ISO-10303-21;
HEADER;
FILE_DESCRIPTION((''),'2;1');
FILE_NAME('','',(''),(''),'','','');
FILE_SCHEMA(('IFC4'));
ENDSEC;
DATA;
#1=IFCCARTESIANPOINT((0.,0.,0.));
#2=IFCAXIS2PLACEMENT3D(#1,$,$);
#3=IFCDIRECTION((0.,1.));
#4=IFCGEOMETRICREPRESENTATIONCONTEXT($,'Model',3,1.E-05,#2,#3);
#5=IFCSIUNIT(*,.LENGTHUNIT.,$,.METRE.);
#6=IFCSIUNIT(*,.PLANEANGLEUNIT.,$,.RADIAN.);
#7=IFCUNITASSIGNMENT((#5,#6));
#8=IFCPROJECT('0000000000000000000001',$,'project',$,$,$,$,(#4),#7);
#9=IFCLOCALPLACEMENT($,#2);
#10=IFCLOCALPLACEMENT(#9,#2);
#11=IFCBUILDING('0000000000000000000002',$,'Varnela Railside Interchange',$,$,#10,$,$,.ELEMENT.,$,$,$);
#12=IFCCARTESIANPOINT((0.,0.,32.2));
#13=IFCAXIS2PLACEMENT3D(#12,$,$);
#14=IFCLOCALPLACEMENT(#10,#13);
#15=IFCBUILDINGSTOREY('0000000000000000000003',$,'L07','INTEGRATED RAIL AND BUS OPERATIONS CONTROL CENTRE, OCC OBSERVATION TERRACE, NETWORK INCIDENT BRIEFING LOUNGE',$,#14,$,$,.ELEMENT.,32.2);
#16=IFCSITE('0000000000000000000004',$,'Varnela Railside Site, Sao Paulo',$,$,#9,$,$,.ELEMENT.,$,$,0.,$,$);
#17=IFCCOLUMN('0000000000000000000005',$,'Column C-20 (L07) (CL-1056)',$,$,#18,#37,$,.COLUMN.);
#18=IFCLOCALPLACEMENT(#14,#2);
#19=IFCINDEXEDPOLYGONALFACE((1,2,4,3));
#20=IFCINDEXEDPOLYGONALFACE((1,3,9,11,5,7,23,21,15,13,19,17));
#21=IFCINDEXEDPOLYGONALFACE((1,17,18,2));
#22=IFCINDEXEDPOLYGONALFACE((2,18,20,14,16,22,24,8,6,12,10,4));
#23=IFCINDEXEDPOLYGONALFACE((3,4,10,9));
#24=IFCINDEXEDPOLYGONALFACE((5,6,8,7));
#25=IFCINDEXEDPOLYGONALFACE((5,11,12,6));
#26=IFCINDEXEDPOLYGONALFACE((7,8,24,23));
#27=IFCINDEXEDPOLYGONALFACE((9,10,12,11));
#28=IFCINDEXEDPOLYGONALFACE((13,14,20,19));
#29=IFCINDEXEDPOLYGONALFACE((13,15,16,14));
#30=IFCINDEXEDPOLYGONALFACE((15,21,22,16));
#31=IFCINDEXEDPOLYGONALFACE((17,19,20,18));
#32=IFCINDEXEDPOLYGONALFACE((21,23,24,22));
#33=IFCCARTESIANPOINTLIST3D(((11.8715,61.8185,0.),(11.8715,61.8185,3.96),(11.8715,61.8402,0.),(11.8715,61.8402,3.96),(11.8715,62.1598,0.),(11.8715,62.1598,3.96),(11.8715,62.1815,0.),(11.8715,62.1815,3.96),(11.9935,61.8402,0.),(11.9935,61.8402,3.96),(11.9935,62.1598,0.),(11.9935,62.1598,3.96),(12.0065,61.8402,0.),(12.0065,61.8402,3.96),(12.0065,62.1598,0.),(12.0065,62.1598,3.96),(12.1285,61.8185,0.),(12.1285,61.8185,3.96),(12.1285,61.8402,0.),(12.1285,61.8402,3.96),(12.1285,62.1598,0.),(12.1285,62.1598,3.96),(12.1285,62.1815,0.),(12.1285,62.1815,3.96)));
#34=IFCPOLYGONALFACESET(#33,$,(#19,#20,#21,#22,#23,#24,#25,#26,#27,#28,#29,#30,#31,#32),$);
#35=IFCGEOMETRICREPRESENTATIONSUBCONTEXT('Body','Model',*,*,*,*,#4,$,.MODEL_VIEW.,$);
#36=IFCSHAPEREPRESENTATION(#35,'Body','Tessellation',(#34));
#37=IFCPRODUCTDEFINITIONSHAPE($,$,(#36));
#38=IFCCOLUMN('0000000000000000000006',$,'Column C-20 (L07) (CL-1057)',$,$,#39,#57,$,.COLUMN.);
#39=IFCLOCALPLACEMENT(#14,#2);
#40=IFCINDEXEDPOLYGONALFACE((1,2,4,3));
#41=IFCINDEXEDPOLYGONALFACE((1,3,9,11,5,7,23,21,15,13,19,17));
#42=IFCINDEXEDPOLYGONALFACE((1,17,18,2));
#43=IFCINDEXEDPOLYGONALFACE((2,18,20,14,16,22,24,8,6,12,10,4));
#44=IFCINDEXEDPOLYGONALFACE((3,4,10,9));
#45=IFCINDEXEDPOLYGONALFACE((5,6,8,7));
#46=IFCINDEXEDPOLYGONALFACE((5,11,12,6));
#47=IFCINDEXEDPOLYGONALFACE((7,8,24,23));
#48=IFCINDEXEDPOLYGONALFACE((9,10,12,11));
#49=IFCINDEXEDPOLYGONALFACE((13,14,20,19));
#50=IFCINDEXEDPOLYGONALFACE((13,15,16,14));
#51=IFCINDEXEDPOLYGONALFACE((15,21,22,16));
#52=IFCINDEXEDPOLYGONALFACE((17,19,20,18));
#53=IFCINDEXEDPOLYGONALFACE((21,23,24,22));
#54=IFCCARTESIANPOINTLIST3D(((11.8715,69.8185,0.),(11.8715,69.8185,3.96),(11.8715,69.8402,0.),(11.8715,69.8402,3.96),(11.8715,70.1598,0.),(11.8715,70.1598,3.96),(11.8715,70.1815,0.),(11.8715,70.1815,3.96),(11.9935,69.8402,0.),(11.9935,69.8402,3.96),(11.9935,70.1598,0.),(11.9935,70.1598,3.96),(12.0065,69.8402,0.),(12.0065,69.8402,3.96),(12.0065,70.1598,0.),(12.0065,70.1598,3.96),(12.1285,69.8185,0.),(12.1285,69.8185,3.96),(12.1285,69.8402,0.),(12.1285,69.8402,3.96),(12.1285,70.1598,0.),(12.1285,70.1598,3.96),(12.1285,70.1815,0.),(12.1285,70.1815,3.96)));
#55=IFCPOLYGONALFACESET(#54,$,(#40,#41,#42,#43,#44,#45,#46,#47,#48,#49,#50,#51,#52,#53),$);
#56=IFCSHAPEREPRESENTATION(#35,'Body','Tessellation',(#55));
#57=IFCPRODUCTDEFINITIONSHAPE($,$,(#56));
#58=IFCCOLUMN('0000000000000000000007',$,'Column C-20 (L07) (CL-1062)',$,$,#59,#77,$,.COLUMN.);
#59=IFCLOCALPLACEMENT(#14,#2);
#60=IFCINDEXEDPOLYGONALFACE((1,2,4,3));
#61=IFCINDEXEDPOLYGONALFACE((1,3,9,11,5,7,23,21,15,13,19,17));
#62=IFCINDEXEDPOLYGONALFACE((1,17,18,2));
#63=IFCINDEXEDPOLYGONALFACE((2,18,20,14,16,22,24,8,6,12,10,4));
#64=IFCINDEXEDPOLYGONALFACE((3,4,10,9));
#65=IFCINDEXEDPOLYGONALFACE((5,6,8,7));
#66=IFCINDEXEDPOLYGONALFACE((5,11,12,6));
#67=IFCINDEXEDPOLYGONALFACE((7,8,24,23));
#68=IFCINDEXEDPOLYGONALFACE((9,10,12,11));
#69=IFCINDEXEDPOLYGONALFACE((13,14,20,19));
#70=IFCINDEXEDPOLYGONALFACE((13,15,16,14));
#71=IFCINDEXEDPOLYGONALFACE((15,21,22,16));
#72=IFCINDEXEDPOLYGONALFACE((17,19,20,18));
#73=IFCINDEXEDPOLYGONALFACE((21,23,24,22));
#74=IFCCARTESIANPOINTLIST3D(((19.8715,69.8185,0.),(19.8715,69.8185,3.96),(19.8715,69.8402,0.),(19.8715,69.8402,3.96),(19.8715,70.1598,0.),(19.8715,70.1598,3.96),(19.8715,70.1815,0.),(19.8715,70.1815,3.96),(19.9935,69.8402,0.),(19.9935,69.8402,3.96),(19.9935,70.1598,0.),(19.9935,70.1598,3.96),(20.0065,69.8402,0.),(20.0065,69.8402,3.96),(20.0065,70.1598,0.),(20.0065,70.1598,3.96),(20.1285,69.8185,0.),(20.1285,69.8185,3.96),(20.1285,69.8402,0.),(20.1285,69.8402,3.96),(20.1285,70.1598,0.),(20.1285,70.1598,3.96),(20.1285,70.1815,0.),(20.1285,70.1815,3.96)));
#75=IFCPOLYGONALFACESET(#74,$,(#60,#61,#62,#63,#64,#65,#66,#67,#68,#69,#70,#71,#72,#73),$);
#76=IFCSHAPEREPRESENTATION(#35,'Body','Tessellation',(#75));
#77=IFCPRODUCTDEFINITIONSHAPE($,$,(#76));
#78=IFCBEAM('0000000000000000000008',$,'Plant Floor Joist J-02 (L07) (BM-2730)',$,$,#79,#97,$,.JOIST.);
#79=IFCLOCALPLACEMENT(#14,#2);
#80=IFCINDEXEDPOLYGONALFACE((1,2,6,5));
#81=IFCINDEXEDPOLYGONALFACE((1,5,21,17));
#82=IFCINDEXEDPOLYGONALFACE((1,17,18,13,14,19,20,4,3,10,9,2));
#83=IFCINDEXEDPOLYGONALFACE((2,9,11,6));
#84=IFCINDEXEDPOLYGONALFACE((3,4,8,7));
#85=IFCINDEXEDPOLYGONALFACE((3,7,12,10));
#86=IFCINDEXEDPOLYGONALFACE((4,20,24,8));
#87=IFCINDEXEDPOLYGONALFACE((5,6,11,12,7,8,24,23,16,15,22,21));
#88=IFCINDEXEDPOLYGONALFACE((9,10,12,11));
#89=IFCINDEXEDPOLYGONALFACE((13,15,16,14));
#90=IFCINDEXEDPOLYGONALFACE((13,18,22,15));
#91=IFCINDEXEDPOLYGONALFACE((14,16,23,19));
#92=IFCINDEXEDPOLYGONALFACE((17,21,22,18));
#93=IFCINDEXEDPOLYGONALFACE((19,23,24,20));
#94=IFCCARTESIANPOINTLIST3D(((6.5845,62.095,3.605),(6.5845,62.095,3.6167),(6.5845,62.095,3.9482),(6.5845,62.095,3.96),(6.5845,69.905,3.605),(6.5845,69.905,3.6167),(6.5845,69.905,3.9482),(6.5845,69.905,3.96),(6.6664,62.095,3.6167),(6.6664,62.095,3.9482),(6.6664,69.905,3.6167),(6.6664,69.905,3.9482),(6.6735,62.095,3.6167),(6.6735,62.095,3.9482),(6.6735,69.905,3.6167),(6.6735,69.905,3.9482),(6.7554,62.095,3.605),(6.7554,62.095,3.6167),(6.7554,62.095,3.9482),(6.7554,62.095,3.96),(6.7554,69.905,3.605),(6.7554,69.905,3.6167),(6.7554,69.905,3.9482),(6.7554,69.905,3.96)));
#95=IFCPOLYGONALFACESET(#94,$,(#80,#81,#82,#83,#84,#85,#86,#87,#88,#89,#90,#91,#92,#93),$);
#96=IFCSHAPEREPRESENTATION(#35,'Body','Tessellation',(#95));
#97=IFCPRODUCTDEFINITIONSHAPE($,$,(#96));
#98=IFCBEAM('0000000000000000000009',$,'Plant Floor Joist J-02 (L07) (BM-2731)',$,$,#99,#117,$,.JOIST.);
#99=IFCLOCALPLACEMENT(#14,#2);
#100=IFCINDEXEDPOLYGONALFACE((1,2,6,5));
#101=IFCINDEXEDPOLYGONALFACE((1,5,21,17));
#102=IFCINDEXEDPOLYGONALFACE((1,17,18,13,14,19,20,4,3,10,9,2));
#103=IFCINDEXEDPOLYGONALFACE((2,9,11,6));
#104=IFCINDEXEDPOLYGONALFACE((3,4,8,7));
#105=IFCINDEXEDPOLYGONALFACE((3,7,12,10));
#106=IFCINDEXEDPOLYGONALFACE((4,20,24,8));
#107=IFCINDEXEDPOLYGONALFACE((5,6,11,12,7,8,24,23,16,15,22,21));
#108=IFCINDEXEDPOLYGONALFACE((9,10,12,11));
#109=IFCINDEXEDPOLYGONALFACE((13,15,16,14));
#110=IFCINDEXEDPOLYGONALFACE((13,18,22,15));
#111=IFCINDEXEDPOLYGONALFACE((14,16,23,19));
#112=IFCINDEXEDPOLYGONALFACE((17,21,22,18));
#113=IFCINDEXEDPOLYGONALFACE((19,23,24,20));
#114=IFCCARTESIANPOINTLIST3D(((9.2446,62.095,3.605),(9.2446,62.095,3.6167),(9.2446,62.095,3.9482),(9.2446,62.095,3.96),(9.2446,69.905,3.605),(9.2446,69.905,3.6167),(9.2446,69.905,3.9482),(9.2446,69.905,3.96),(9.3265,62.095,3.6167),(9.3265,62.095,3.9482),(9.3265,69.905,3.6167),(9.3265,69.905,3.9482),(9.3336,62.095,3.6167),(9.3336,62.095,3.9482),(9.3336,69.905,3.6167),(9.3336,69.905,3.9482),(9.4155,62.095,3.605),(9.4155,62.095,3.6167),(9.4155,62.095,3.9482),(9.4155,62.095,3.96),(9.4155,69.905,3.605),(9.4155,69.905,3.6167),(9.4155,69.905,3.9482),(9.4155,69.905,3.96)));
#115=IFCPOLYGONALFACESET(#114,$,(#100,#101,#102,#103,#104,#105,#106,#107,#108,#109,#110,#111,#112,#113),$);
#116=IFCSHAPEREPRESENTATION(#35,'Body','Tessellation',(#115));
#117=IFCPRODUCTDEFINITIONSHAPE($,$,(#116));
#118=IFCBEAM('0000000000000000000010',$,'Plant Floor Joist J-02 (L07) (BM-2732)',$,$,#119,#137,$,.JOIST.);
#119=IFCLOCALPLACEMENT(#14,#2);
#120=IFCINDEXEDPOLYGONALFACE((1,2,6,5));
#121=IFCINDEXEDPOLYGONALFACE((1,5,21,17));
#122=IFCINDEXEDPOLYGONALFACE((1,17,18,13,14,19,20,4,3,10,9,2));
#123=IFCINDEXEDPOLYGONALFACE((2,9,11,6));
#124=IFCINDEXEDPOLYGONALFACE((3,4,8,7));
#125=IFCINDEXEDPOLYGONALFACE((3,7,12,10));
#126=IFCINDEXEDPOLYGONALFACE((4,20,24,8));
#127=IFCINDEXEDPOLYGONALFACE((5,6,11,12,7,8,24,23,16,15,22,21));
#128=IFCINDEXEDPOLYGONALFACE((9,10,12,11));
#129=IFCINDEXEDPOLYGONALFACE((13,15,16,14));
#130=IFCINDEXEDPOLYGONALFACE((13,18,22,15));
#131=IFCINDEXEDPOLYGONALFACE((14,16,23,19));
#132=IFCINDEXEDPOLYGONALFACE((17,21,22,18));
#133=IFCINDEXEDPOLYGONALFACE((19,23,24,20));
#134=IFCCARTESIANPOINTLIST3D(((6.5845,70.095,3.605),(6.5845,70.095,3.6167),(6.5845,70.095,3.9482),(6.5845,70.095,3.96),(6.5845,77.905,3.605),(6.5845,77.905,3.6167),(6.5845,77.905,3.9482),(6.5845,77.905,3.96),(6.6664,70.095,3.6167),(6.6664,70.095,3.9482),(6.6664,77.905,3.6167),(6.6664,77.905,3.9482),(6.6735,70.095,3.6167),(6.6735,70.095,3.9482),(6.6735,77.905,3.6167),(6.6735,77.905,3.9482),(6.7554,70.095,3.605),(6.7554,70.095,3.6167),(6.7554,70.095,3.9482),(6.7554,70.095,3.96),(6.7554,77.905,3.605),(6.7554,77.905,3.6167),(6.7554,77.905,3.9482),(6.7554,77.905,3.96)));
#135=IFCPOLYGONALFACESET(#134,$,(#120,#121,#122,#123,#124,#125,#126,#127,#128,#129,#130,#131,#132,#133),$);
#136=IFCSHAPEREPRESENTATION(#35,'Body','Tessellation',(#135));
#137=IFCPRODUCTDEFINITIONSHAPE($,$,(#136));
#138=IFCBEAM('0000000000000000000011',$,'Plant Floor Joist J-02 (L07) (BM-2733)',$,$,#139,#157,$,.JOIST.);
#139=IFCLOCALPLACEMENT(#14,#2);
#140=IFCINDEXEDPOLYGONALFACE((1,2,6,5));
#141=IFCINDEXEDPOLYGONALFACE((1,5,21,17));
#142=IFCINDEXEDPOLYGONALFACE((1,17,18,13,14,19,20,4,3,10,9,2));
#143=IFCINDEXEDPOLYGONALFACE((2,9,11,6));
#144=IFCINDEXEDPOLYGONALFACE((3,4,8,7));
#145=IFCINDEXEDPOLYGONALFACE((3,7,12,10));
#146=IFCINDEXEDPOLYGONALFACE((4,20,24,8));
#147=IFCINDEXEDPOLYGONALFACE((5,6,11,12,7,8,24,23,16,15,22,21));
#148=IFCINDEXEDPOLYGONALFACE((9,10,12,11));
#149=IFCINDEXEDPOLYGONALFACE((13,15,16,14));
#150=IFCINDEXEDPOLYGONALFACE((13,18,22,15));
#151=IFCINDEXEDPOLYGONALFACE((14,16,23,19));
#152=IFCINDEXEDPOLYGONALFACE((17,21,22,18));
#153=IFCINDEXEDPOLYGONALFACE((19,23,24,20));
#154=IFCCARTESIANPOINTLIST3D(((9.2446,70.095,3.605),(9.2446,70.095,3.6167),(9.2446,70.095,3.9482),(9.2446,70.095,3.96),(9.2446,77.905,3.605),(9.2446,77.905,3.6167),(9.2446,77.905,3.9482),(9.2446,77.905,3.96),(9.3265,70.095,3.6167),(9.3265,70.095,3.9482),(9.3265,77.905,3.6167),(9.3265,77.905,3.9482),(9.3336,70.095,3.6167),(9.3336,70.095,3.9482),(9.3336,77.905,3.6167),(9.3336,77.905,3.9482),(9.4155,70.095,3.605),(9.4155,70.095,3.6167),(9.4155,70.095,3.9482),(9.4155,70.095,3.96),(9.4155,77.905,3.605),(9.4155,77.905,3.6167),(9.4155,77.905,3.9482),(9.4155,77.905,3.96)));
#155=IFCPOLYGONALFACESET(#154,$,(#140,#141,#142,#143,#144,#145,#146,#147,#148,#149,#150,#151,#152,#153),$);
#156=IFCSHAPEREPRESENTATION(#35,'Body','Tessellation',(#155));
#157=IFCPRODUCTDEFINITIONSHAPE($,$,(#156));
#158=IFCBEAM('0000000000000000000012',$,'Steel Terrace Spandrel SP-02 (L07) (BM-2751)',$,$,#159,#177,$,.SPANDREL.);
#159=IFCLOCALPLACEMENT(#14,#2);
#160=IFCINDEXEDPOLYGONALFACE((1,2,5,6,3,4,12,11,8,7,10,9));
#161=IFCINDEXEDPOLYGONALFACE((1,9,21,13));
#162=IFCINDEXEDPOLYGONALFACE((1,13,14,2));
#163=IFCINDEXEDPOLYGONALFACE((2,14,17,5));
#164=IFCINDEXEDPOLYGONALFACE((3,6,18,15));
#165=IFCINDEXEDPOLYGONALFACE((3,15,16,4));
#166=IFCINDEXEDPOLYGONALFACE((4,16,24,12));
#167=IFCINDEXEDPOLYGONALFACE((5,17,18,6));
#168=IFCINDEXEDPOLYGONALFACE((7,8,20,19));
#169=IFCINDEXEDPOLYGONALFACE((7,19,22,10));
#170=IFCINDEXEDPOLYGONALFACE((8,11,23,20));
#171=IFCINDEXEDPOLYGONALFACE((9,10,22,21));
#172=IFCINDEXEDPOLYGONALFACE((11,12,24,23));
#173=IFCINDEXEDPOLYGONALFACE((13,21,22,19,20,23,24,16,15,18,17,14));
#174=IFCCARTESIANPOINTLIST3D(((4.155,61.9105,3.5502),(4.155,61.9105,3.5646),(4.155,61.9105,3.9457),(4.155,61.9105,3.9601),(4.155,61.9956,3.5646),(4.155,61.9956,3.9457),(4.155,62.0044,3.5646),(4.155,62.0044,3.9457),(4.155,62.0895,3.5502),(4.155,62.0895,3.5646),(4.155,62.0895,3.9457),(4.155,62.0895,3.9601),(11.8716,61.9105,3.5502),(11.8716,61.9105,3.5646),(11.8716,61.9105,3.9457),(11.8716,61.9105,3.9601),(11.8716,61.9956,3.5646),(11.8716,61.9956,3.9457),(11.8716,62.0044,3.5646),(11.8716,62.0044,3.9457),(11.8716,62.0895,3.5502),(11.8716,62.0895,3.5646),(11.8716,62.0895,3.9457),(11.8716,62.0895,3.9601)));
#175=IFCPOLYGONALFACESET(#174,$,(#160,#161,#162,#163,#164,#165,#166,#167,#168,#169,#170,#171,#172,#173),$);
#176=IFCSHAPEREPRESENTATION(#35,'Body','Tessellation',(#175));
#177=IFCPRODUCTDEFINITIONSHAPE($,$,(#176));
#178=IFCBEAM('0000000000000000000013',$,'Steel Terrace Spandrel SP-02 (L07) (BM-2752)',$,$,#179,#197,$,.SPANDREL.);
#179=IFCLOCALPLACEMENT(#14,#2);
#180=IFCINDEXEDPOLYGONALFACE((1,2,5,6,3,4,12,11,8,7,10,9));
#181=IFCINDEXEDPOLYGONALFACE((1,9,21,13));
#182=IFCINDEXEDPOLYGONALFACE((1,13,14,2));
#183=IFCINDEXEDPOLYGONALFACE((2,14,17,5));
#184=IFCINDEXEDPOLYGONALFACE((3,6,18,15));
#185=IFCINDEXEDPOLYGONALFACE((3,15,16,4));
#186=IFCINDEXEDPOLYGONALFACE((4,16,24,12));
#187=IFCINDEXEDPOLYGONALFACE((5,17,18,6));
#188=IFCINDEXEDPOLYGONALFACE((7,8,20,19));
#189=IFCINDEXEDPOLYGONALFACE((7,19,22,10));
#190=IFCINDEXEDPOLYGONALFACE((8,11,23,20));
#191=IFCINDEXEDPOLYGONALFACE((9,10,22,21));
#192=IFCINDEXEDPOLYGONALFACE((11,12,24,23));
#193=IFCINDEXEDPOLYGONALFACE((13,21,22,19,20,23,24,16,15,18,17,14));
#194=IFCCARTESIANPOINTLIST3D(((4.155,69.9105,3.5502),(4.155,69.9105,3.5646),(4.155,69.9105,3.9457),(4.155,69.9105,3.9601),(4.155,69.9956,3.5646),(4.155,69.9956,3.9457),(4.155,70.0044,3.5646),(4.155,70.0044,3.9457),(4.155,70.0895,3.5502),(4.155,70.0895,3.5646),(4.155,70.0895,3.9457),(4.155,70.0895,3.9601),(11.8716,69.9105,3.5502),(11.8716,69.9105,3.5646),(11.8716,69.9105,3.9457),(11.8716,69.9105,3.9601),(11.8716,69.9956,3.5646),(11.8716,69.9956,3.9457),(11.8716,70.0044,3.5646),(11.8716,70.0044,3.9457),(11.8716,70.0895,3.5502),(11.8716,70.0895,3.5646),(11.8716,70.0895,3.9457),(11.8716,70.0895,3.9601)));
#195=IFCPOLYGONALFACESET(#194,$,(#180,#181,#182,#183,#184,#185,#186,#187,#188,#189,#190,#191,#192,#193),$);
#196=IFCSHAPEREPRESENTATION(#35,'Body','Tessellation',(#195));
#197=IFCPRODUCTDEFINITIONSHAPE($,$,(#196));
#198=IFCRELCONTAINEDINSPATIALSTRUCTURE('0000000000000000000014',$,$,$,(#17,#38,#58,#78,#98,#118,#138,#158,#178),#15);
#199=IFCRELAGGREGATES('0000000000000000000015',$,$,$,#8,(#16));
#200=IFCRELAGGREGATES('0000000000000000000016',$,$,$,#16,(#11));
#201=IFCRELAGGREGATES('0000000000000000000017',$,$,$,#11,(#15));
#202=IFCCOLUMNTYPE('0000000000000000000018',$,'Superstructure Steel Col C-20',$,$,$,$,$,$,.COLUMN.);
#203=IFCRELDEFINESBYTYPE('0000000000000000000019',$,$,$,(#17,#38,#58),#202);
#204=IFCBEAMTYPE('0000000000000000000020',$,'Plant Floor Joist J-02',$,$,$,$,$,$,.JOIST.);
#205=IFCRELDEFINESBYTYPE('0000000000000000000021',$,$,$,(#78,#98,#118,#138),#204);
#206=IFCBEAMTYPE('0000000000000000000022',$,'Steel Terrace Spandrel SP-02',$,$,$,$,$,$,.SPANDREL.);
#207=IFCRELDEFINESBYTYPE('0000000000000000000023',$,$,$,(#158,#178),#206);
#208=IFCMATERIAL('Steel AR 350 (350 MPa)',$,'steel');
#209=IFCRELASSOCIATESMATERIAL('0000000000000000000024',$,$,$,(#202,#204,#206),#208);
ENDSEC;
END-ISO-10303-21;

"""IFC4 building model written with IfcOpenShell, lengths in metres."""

from ifc_helpers import new_model, si_unit, direction, frame, origin, origin_2d, place, context, subcontext, project, spatial, i_section, extrude, material, material_profile, profile_set, type_object, element, save


model = new_model("IFC4")

# Units and contexts
model_context = context("Model", 3, precision=1e-05, world=origin(), true_north=direction((0.0, 1.0)))
body_context = subcontext(model_context, "Body", "Model", "MODEL_VIEW")
ifc_project = project(units=[si_unit("LENGTHUNIT", "METRE"), si_unit("PLANEANGLEUNIT", "RADIAN")], contexts=[model_context])

# Site, building, storey
site_placement = place(None, origin())
site = spatial("IfcSite", under=ifc_project, at=site_placement, Name="Varnela Railside Site, Sao Paulo", CompositionType="ELEMENT", RefElevation=0.0)
building_placement = place(site_placement, origin())
building = spatial("IfcBuilding", under=site, at=building_placement, Name="Varnela Railside Interchange", CompositionType="ELEMENT")
storey_placement = place(building_placement, frame((0.0, 0.0, 32.2)))
storey = spatial("IfcBuildingStorey", under=building, at=storey_placement, Name="L07", Description="INTEGRATED RAIL AND BUS OPERATIONS CONTROL CENTRE, OCC OBSERVATION TERRACE, NETWORK INCIDENT BRIEFING LOUNGE", CompositionType="ELEMENT", Elevation=32.2)

# Columns
ifc_material_1 = material(Name="Steel AR 350 (350 MPa)", Category="steel")
ifc_material_profile_1 = material_profile(ifc_material_1, i_section(OverallWidth=0.2571, OverallDepth=0.363, WebThickness=0.0129, FlangeThickness=0.0217, at=origin_2d()), Name="W360x122")
ifc_profile_set_1 = profile_set([ifc_material_profile_1], Name="Steel AR 350 (350 MPa)")
column_type = type_object("IfcColumnType", Name="Superstructure Steel Col C-20", PredefinedType="COLUMN", material=ifc_profile_set_1)
for number, where, z_axis, x_axis, name in (
    (1, (12.0, 62.0, 0.0), (0.0, 0.0, 1.0), (1.0, 0.0, 0.0), "Column C-20 (L07) (CL-1056)"),
    (2, (12.0, 70.0, 0.0), (0.0, 0.0, 1.0), (1.0, 0.0, 0.0), "Column C-20 (L07) (CL-1057)"),
    (3, (20.0, 70.0, 0.0), (0.0, 0.0, 1.0), (1.0, 0.0, 0.0), "Column C-20 (L07) (CL-1062)"),
):
    element("IfcColumn", number, at=place(storey_placement, frame(where, z_axis=z_axis, x_axis=x_axis)), inside=storey, type_object=column_type, Name=name, PredefinedType="COLUMN", context=body_context, shape_type="SweptSolid", body=[
        extrude(i_section(OverallWidth=0.2571, OverallDepth=0.363, WebThickness=0.0129, FlangeThickness=0.0217, at=origin_2d()), origin(), (0.0, 0.0, 1.0), 3.96),
    ])

# Beams
ifc_material_profile_2 = material_profile(ifc_material_1, i_section(OverallWidth=0.1709, OverallDepth=0.355, WebThickness=0.0071, FlangeThickness=0.0117, at=origin_2d()), Name="W360x51")
ifc_profile_set_2 = profile_set([ifc_material_profile_2], Name="Steel AR 350 (350 MPa)")
beam_type_1 = type_object("IfcBeamType", Name="Plant Floor Joist J-02", PredefinedType="JOIST", material=ifc_profile_set_2)
for number, where, z_axis, x_axis, name in (
    (4, (6.6699, 62.095, 3.7825), (0.0, 1.0, 0.0), (-1.0, 0.0, 0.0), "Plant Floor Joist J-02 (L07) (BM-2730)"),
    (5, (9.3301, 62.095, 3.7825), (0.0, 1.0, 0.0), (-1.0, 0.0, 0.0), "Plant Floor Joist J-02 (L07) (BM-2731)"),
    (6, (6.6699, 70.095, 3.7825), (0.0, 1.0, 0.0), (-1.0, 0.0, 0.0), "Plant Floor Joist J-02 (L07) (BM-2732)"),
    (7, (9.3301, 70.095, 3.7825), (0.0, 1.0, 0.0), (-1.0, 0.0, 0.0), "Plant Floor Joist J-02 (L07) (BM-2733)"),
):
    element("IfcBeam", number, at=place(storey_placement, frame(where, z_axis=z_axis, x_axis=x_axis)), inside=storey, type_object=beam_type_1, Name=name, PredefinedType="JOIST", context=body_context, shape_type="SweptSolid", body=[
        extrude(i_section(OverallWidth=0.1709, OverallDepth=0.355, WebThickness=0.0071, FlangeThickness=0.0117, at=origin_2d()), origin(), (0.0, 0.0, 1.0), 7.8101),
    ])
ifc_material_profile_3 = material_profile(ifc_material_1, i_section(OverallWidth=0.179, OverallDepth=0.4099, WebThickness=0.0088, FlangeThickness=0.0144, at=origin_2d()), Name="W410x67")
ifc_profile_set_3 = profile_set([ifc_material_profile_3], Name="Steel AR 350 (350 MPa)")
beam_type_2 = type_object("IfcBeamType", Name="Steel Terrace Spandrel SP-02", PredefinedType="SPANDREL", material=ifc_profile_set_3)
for number, where, z_axis, x_axis, name in (
    (8, (4.155, 62.0, 3.7551), (1.0, 0.0, 0.0), (0.0, 1.0, 0.0), "Steel Terrace Spandrel SP-02 (L07) (BM-2751)"),
    (9, (4.155, 70.0, 3.7551), (1.0, 0.0, 0.0), (0.0, 1.0, 0.0), "Steel Terrace Spandrel SP-02 (L07) (BM-2752)"),
):
    element("IfcBeam", number, at=place(storey_placement, frame(where, z_axis=z_axis, x_axis=x_axis)), inside=storey, type_object=beam_type_2, Name=name, PredefinedType="SPANDREL", context=body_context, shape_type="SweptSolid", body=[
        extrude(i_section(OverallWidth=0.179, OverallDepth=0.4099, WebThickness=0.0088, FlangeThickness=0.0144, at=origin_2d()), origin(), (0.0, 0.0, 1.0), 7.7166),
    ])

save(model, "model.ifc")
